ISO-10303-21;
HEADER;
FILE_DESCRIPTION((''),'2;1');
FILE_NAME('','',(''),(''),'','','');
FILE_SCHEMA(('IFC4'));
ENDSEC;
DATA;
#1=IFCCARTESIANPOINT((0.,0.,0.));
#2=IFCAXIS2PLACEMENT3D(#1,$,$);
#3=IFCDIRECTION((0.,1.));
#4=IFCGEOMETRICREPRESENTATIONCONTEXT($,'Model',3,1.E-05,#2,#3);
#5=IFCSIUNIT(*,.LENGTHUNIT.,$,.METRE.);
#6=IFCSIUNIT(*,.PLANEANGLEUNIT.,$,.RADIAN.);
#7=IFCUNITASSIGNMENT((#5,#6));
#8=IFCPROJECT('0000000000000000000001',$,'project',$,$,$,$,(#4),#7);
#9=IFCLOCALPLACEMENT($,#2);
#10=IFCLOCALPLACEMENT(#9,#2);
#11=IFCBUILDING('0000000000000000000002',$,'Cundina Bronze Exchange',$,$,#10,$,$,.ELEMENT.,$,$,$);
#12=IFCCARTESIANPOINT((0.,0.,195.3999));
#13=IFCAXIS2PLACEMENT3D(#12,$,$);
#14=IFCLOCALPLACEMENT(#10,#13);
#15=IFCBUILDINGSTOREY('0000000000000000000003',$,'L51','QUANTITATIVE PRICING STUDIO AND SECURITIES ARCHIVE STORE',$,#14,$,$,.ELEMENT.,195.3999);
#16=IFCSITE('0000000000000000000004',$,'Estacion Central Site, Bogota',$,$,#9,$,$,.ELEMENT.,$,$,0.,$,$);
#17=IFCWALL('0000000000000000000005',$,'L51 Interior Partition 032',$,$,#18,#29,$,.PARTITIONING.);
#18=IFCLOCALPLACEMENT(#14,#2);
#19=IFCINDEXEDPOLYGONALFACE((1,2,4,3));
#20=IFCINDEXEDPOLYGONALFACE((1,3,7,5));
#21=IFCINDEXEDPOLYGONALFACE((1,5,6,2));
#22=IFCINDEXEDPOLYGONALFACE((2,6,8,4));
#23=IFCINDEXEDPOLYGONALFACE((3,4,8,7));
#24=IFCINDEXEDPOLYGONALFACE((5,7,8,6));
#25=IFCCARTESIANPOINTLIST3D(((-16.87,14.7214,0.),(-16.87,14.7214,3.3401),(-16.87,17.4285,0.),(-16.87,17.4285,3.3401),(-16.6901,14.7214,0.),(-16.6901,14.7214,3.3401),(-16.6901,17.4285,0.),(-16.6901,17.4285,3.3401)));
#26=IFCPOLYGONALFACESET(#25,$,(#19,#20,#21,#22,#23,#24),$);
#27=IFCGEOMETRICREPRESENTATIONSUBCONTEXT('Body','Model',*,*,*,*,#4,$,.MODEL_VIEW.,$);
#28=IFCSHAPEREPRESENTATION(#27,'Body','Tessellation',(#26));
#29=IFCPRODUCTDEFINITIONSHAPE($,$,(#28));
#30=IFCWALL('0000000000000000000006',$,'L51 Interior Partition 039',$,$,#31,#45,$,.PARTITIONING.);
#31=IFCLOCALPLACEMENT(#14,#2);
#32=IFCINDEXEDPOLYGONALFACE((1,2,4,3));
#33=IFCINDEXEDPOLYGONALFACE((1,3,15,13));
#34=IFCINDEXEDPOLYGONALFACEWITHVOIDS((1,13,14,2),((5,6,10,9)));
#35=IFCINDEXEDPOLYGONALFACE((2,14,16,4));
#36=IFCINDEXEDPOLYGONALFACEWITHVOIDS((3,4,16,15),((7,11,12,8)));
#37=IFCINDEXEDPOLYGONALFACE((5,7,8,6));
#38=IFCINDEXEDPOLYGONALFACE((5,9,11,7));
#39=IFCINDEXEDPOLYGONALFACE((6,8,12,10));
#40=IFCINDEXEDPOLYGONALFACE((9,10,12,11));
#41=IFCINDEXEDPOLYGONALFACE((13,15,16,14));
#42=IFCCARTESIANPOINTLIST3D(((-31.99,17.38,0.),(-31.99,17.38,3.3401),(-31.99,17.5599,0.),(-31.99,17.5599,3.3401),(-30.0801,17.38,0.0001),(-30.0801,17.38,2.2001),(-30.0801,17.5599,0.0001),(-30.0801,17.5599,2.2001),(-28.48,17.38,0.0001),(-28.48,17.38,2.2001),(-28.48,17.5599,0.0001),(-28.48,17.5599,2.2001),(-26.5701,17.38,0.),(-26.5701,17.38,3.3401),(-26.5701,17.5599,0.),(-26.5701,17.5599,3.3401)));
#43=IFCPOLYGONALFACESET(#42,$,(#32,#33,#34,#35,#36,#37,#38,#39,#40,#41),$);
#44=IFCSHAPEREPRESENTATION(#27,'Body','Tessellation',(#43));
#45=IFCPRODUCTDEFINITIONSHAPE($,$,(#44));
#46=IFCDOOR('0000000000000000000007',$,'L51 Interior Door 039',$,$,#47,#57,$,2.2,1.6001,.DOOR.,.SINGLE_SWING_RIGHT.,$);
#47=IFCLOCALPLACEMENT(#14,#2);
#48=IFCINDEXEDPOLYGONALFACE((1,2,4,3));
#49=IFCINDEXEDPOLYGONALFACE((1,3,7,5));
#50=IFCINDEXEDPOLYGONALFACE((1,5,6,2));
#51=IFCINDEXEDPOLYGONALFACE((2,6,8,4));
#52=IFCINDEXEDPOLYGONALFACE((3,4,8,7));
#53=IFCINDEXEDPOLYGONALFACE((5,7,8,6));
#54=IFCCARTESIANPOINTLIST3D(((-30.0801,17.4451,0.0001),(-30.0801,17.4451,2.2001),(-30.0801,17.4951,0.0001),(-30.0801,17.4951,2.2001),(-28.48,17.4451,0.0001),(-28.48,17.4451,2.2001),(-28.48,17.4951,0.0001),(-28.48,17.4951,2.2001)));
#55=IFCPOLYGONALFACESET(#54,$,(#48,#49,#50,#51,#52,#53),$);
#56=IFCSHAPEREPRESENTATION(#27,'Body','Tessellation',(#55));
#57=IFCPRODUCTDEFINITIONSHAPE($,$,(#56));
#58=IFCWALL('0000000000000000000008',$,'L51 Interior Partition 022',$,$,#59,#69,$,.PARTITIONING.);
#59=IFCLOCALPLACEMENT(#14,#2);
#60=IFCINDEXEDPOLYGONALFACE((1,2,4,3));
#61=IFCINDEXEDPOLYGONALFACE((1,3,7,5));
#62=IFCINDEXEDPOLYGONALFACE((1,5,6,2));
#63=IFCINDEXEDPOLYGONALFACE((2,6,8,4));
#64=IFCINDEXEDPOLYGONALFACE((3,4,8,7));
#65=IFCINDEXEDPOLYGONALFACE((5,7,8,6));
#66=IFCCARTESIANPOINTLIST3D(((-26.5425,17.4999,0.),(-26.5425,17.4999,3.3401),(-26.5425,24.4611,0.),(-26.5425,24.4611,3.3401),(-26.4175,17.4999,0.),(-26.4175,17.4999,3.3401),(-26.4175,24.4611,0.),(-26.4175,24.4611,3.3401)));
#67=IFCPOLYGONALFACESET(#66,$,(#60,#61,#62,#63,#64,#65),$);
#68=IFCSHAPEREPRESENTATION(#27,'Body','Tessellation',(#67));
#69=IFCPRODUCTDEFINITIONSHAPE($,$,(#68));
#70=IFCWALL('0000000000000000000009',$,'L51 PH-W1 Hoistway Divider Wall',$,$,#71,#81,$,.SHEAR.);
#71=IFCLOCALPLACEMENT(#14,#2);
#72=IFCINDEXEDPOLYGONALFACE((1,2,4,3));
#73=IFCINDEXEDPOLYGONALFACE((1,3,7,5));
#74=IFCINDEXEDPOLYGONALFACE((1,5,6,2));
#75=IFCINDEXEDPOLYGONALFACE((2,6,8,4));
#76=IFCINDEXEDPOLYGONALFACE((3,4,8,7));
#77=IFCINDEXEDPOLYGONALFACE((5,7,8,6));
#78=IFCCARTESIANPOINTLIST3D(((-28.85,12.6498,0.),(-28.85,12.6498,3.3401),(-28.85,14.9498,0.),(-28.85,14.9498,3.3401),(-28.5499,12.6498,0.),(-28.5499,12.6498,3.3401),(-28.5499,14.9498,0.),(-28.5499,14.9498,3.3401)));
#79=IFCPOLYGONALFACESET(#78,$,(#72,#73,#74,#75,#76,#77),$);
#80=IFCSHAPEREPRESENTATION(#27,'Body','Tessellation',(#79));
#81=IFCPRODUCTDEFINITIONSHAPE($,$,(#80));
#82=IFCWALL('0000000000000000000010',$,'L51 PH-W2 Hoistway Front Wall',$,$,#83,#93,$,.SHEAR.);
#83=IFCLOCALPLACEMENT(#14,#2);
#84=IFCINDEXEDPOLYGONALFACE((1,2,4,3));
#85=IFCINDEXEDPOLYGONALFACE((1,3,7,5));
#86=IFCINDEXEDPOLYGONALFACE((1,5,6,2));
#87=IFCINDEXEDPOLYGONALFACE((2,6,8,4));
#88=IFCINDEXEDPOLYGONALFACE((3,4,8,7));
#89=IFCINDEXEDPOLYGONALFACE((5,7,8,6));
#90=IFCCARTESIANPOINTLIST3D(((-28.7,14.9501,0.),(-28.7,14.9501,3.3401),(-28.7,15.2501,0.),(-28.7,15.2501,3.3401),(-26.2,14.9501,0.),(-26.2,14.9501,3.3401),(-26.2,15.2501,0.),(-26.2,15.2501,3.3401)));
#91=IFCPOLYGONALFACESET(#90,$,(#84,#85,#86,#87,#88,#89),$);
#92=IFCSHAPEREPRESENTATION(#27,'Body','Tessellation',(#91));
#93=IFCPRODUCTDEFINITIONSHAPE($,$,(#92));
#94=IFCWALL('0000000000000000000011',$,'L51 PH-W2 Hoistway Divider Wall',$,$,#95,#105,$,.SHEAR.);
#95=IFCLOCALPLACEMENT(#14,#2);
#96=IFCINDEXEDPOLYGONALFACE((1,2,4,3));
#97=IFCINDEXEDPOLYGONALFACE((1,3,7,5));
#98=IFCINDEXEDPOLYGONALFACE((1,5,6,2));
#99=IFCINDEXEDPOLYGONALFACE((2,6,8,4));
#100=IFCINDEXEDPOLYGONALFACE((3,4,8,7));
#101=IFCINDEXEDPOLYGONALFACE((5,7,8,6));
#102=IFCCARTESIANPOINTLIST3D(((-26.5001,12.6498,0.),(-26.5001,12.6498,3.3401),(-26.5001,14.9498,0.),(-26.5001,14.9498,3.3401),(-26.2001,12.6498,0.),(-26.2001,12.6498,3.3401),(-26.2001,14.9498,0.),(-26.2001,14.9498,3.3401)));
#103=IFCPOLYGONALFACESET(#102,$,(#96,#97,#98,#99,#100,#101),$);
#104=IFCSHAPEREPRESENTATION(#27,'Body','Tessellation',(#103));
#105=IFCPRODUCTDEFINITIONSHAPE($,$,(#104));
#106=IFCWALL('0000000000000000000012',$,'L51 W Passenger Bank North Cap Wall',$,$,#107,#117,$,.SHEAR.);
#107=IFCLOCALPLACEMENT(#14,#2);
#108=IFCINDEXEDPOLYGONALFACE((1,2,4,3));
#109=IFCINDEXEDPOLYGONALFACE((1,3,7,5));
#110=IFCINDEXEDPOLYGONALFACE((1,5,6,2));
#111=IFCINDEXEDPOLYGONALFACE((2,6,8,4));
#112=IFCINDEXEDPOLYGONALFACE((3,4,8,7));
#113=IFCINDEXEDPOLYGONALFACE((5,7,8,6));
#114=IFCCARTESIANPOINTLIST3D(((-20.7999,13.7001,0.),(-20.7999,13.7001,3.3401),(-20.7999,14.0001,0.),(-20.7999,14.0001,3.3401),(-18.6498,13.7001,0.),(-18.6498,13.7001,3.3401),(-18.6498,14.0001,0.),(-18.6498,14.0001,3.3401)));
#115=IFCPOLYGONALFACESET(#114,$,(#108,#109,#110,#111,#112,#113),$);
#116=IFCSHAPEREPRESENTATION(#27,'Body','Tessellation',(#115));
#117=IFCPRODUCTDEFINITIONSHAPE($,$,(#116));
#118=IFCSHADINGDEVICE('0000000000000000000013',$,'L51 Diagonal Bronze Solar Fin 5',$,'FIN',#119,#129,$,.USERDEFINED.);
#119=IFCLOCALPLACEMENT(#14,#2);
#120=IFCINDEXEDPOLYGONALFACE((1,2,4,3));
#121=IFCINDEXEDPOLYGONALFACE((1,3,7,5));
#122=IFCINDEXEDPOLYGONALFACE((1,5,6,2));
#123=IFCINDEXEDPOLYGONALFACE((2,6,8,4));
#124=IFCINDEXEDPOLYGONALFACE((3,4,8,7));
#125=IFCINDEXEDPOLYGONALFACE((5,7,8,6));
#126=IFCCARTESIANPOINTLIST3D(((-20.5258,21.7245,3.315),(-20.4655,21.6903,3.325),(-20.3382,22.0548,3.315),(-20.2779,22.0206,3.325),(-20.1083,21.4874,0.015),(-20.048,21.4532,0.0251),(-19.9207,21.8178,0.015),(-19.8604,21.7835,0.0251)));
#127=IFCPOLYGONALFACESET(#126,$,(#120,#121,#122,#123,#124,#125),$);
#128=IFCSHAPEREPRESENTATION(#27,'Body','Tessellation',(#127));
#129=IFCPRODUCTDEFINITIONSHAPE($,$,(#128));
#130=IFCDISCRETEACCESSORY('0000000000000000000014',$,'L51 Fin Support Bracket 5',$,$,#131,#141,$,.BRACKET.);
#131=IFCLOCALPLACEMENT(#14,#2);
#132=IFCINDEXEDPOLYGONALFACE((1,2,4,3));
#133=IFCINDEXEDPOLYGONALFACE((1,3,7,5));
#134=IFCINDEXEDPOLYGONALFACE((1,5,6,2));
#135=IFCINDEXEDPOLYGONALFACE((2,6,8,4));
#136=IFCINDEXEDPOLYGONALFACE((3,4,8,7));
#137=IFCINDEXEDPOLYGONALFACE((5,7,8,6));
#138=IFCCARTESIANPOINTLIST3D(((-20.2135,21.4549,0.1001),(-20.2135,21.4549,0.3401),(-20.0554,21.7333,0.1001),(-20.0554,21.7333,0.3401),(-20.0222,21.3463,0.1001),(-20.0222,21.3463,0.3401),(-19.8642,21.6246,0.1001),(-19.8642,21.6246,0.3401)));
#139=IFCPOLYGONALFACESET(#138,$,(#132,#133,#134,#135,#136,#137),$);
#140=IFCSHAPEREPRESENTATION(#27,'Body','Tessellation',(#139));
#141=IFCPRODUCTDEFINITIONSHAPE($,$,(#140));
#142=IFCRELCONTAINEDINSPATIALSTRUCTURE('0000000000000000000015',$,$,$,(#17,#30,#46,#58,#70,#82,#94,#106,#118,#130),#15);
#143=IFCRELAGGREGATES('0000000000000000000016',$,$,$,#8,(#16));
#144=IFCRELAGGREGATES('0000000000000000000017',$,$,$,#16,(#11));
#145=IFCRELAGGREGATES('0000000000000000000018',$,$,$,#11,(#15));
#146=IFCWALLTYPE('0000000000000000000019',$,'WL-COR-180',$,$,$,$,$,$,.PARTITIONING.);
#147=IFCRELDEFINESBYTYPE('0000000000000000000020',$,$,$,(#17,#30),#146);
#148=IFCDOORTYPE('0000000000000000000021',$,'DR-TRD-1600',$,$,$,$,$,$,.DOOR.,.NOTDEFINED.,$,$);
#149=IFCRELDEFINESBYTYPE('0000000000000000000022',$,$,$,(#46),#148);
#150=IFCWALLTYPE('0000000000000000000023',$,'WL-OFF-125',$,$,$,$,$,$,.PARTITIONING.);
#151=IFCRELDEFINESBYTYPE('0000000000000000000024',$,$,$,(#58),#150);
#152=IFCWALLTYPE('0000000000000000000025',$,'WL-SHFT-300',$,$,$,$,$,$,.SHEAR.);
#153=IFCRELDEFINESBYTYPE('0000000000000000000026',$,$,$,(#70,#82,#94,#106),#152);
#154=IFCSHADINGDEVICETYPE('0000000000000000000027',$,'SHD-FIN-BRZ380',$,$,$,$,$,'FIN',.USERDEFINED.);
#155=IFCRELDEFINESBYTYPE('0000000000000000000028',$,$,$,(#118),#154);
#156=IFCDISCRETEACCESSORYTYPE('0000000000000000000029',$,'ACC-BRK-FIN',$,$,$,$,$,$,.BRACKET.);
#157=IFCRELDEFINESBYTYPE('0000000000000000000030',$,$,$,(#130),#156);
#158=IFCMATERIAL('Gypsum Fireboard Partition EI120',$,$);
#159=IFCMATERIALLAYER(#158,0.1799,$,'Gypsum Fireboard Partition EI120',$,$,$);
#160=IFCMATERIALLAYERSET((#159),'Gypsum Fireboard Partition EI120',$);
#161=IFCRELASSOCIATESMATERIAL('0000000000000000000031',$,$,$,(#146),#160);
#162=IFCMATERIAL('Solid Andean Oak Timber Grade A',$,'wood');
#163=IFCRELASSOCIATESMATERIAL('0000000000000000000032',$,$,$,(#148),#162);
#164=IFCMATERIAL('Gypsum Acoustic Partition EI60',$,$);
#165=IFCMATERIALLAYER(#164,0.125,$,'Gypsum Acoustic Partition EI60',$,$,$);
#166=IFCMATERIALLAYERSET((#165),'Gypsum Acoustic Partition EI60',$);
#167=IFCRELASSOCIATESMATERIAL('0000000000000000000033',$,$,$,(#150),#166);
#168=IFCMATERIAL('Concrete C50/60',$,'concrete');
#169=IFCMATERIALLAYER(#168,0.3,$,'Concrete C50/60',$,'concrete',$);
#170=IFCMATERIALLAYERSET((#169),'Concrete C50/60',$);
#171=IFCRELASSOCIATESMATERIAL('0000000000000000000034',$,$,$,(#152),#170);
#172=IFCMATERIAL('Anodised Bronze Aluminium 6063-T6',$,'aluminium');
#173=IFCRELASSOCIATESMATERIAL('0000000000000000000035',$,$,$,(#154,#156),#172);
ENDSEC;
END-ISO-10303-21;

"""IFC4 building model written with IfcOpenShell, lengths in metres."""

from ifc_helpers import new_model, si_unit, direction, frame, frame_2d, origin, origin_2d, place, context, subcontext, project, spatial, rectangle, extrude, material, layer, layer_set, material_profile, profile_set, type_object, element, fill, save


model = new_model("IFC4")

# Units and contexts
model_context = context("Model", 3, precision=1e-05, world=origin(), true_north=direction((0.0, 1.0)))
body_context = subcontext(model_context, "Body", "Model", "MODEL_VIEW")
ifc_project = project(units=[si_unit("LENGTHUNIT", "METRE"), si_unit("PLANEANGLEUNIT", "RADIAN")], contexts=[model_context])

# Site, building, storey
site_placement = place(None, origin())
site = spatial("IfcSite", under=ifc_project, at=site_placement, Name="Estacion Central Site, Bogota", CompositionType="ELEMENT", RefElevation=0.0)
building_placement = place(site_placement, origin())
building = spatial("IfcBuilding", under=site, at=building_placement, Name="Cundina Bronze Exchange", CompositionType="ELEMENT")
storey_placement = place(building_placement, frame((0.0, 0.0, 195.3999)))
storey = spatial("IfcBuildingStorey", under=building, at=storey_placement, Name="L51", Description="QUANTITATIVE PRICING STUDIO AND SECURITIES ARCHIVE STORE", CompositionType="ELEMENT", Elevation=195.3999)

# Shared definitions
ifc_material_1 = material(Name="Concrete C50/60", Category="concrete")

# Shared definitions
ifc_material_2 = material(Name="Anodised Bronze Aluminium 6063-T6", Category="aluminium")

# Shared definitions
ifc_material_3 = material(Name="Gypsum Fireboard Partition EI120")
ifc_layer_1 = layer(ifc_material_3, 0.1799, Name="Gypsum Fireboard Partition EI120")
ifc_layer_set_1 = layer_set([ifc_layer_1], Name="Gypsum Fireboard Partition EI120")
wall_type_1 = type_object("IfcWallType", Name="WL-COR-180", PredefinedType="PARTITIONING", material=ifc_layer_set_1)
ifc_material_4 = material(Name="Solid Andean Oak Timber Grade A", Category="wood")

# Wall
wall_1_placement = place(storey_placement, frame((-16.78, 14.7214, 0.0), z_axis=(0.0, 0.0, 1.0), x_axis=(0.0, 1.0, 0.0)))
element("IfcWall", 1, at=wall_1_placement, inside=storey, type_object=wall_type_1, Name="L51 Interior Partition 032", PredefinedType="PARTITIONING", context=body_context, shape_type="SweptSolid", body=[
    extrude(rectangle(XDim=2.707, YDim=0.1799, at=frame_2d((1.3535, 0.0))), origin(), (0.0, 0.0, 1.0), 3.3401),
])

# Wall, opening, door
wall_2_placement = place(storey_placement, frame((-26.5701, 17.47, 0.0), z_axis=(0.0, 0.0, 1.0), x_axis=(-1.0, 0.0, 0.0)))
wall_2 = element("IfcWall", 2, at=wall_2_placement, inside=storey, type_object=wall_type_1, Name="L51 Interior Partition 039", PredefinedType="PARTITIONING", context=body_context, shape_type="SweptSolid", body=[
    extrude(rectangle(XDim=5.4199, YDim=0.1799, at=frame_2d((2.71, 0.0))), origin(), (0.0, 0.0, 1.0), 3.3401),
])
opening_1_placement = place(wall_2_placement, frame((1.9099, 0.0, 0.0)))
opening_1 = element("IfcOpeningElement", 3, at=opening_1_placement, cuts=wall_2, PredefinedType="OPENING", context=body_context, shape_type="SweptSolid", body=[
    extrude(rectangle(XDim=1.6001, YDim=2.2, at=frame_2d((0.8, 1.1001))), frame((0.0, 0.0999, 0.0), z_axis=(0.0, -1.0, 0.0), x_axis=(1.0, 0.0, 0.0)), (0.0, 0.0, 1.0), 0.2),
])
door_type_1 = type_object("IfcDoorType", Name="DR-TRD-1600", OperationType="NOTDEFINED", PredefinedType="DOOR", material=ifc_material_4)
door_1_placement = place(opening_1_placement, origin())
door_1 = element("IfcDoor", 4, at=door_1_placement, inside=storey, type_object=door_type_1, Name="L51 Interior Door 039", OperationType="SINGLE_SWING_RIGHT", OverallHeight=2.2, OverallWidth=1.6001, PredefinedType="DOOR", context=body_context, shape_type="SweptSolid", body=[
    extrude(rectangle(XDim=1.6001, YDim=2.2, at=frame_2d((0.8, 1.1001))), frame((0.0, 0.0249, 0.0), z_axis=(0.0, -1.0, 0.0), x_axis=(1.0, 0.0, 0.0)), (0.0, 0.0, 1.0), 0.05),
])
fill(opening_1, door_1)

# Walls
ifc_material_5 = material(Name="Gypsum Acoustic Partition EI60")
ifc_layer_2 = layer(ifc_material_5, 0.125, Name="Gypsum Acoustic Partition EI60")
ifc_layer_set_2 = layer_set([ifc_layer_2], Name="Gypsum Acoustic Partition EI60")
wall_type_2 = type_object("IfcWallType", Name="WL-OFF-125", PredefinedType="PARTITIONING", material=ifc_layer_set_2)
wall_3_placement = place(storey_placement, frame((-26.48, 17.5, 0.0), z_axis=(0.0, 0.0, 1.0), x_axis=(0.0, 1.0, 0.0)))
element("IfcWall", 5, at=wall_3_placement, inside=storey, type_object=wall_type_2, Name="L51 Interior Partition 022", PredefinedType="PARTITIONING", context=body_context, shape_type="SweptSolid", body=[
    extrude(rectangle(XDim=6.9612, YDim=0.125, at=frame_2d((3.4805, 0.0))), origin(), (0.0, 0.0, 1.0), 3.3401),
])
ifc_layer_3 = layer(ifc_material_1, 0.3, Name="Concrete C50/60", Category="concrete")
ifc_layer_set_3 = layer_set([ifc_layer_3], Name="Concrete C50/60")
wall_type_3 = type_object("IfcWallType", Name="WL-SHFT-300", PredefinedType="SHEAR", material=ifc_layer_set_3)
wall_4_placement = place(storey_placement, frame((-28.7, 12.6499, 0.0), z_axis=(0.0, 0.0, 1.0), x_axis=(0.0, 1.0, 0.0)))
element("IfcWall", 6, at=wall_4_placement, inside=storey, type_object=wall_type_3, Name="L51 PH-W1 Hoistway Divider Wall", PredefinedType="SHEAR", context=body_context, shape_type="SweptSolid", body=[
    extrude(rectangle(XDim=2.3, YDim=0.3, at=frame_2d((1.1499, 0.0))), origin(), (0.0, 0.0, 1.0), 3.3401),
])
wall_5_placement = place(storey_placement, frame((-28.7, 15.1001, 0.0), z_axis=(0.0, 0.0, 1.0), x_axis=(1.0, 0.0, 0.0)))
element("IfcWall", 7, at=wall_5_placement, inside=storey, type_object=wall_type_3, Name="L51 PH-W2 Hoistway Front Wall", PredefinedType="SHEAR", context=body_context, shape_type="SweptSolid", body=[
    extrude(rectangle(XDim=2.5, YDim=0.3, at=frame_2d((1.25, 0.0))), origin(), (0.0, 0.0, 1.0), 3.3401),
])
wall_6_placement = place(storey_placement, frame((-26.3501, 12.6499, 0.0), z_axis=(0.0, 0.0, 1.0), x_axis=(0.0, 1.0, 0.0)))
element("IfcWall", 8, at=wall_6_placement, inside=storey, type_object=wall_type_3, Name="L51 PH-W2 Hoistway Divider Wall", PredefinedType="SHEAR", context=body_context, shape_type="SweptSolid", body=[
    extrude(rectangle(XDim=2.3, YDim=0.3, at=frame_2d((1.1499, 0.0))), origin(), (0.0, 0.0, 1.0), 3.3401),
])
wall_7_placement = place(storey_placement, frame((-20.8, 13.8501, 0.0), z_axis=(0.0, 0.0, 1.0), x_axis=(1.0, 0.0, 0.0)))
element("IfcWall", 9, at=wall_7_placement, inside=storey, type_object=wall_type_3, Name="L51 W Passenger Bank North Cap Wall", PredefinedType="SHEAR", context=body_context, shape_type="SweptSolid", body=[
    extrude(rectangle(XDim=2.1501, YDim=0.3, at=frame_2d((1.0752, 0.0))), origin(), (0.0, 0.0, 1.0), 3.3401),
])

# Shading device
ifc_material_profile_1 = material_profile(ifc_material_2, rectangle(XDim=0.0701, YDim=0.3799, at=origin_2d()), Name="FIN70X380", Category="aluminium")
ifc_profile_set_1 = profile_set([ifc_material_profile_1], Name="Anodised Bronze Aluminium 6063-T6")
shading_device_type = type_object("IfcShadingDeviceType", Name="SHD-FIN-BRZ380", ElementType="FIN", PredefinedType="USERDEFINED", material=ifc_profile_set_1)
shading_device_placement = place(storey_placement, frame((-19.9844, 21.6355, 0.02), z_axis=(-0.12519, 0.071087, 0.989583), x_axis=(0.860527, -0.488638, 0.143965)))
element("IfcShadingDevice", 10, at=shading_device_placement, inside=storey, type_object=shading_device_type, Name="L51 Diagonal Bronze Solar Fin 5", ObjectType="FIN", PredefinedType="USERDEFINED", context=body_context, shape_type="SweptSolid", body=[
    extrude(rectangle(XDim=0.0701, YDim=0.3799, at=origin_2d()), origin(), (0.0, 0.0, 1.0), 3.3347),
])

# Discrete accessory
discrete_accessory_type = type_object("IfcDiscreteAccessoryType", Name="ACC-BRK-FIN", PredefinedType="BRACKET", material=ifc_material_2)
discrete_accessory_placement = place(storey_placement, frame((-20.0388, 21.5398, 0.1001), z_axis=(0.0, 0.0, 1.0), x_axis=(-0.869573, 0.493805, 0.0)))
element("IfcDiscreteAccessory", 11, at=discrete_accessory_placement, inside=storey, type_object=discrete_accessory_type, Name="L51 Fin Support Bracket 5", PredefinedType="BRACKET", context=body_context, shape_type="SweptSolid", body=[
    extrude(rectangle(XDim=0.22, YDim=0.3201, at=origin_2d()), origin(), (0.0, 0.0, 1.0), 0.24),
])

save(model, "model.ifc")
